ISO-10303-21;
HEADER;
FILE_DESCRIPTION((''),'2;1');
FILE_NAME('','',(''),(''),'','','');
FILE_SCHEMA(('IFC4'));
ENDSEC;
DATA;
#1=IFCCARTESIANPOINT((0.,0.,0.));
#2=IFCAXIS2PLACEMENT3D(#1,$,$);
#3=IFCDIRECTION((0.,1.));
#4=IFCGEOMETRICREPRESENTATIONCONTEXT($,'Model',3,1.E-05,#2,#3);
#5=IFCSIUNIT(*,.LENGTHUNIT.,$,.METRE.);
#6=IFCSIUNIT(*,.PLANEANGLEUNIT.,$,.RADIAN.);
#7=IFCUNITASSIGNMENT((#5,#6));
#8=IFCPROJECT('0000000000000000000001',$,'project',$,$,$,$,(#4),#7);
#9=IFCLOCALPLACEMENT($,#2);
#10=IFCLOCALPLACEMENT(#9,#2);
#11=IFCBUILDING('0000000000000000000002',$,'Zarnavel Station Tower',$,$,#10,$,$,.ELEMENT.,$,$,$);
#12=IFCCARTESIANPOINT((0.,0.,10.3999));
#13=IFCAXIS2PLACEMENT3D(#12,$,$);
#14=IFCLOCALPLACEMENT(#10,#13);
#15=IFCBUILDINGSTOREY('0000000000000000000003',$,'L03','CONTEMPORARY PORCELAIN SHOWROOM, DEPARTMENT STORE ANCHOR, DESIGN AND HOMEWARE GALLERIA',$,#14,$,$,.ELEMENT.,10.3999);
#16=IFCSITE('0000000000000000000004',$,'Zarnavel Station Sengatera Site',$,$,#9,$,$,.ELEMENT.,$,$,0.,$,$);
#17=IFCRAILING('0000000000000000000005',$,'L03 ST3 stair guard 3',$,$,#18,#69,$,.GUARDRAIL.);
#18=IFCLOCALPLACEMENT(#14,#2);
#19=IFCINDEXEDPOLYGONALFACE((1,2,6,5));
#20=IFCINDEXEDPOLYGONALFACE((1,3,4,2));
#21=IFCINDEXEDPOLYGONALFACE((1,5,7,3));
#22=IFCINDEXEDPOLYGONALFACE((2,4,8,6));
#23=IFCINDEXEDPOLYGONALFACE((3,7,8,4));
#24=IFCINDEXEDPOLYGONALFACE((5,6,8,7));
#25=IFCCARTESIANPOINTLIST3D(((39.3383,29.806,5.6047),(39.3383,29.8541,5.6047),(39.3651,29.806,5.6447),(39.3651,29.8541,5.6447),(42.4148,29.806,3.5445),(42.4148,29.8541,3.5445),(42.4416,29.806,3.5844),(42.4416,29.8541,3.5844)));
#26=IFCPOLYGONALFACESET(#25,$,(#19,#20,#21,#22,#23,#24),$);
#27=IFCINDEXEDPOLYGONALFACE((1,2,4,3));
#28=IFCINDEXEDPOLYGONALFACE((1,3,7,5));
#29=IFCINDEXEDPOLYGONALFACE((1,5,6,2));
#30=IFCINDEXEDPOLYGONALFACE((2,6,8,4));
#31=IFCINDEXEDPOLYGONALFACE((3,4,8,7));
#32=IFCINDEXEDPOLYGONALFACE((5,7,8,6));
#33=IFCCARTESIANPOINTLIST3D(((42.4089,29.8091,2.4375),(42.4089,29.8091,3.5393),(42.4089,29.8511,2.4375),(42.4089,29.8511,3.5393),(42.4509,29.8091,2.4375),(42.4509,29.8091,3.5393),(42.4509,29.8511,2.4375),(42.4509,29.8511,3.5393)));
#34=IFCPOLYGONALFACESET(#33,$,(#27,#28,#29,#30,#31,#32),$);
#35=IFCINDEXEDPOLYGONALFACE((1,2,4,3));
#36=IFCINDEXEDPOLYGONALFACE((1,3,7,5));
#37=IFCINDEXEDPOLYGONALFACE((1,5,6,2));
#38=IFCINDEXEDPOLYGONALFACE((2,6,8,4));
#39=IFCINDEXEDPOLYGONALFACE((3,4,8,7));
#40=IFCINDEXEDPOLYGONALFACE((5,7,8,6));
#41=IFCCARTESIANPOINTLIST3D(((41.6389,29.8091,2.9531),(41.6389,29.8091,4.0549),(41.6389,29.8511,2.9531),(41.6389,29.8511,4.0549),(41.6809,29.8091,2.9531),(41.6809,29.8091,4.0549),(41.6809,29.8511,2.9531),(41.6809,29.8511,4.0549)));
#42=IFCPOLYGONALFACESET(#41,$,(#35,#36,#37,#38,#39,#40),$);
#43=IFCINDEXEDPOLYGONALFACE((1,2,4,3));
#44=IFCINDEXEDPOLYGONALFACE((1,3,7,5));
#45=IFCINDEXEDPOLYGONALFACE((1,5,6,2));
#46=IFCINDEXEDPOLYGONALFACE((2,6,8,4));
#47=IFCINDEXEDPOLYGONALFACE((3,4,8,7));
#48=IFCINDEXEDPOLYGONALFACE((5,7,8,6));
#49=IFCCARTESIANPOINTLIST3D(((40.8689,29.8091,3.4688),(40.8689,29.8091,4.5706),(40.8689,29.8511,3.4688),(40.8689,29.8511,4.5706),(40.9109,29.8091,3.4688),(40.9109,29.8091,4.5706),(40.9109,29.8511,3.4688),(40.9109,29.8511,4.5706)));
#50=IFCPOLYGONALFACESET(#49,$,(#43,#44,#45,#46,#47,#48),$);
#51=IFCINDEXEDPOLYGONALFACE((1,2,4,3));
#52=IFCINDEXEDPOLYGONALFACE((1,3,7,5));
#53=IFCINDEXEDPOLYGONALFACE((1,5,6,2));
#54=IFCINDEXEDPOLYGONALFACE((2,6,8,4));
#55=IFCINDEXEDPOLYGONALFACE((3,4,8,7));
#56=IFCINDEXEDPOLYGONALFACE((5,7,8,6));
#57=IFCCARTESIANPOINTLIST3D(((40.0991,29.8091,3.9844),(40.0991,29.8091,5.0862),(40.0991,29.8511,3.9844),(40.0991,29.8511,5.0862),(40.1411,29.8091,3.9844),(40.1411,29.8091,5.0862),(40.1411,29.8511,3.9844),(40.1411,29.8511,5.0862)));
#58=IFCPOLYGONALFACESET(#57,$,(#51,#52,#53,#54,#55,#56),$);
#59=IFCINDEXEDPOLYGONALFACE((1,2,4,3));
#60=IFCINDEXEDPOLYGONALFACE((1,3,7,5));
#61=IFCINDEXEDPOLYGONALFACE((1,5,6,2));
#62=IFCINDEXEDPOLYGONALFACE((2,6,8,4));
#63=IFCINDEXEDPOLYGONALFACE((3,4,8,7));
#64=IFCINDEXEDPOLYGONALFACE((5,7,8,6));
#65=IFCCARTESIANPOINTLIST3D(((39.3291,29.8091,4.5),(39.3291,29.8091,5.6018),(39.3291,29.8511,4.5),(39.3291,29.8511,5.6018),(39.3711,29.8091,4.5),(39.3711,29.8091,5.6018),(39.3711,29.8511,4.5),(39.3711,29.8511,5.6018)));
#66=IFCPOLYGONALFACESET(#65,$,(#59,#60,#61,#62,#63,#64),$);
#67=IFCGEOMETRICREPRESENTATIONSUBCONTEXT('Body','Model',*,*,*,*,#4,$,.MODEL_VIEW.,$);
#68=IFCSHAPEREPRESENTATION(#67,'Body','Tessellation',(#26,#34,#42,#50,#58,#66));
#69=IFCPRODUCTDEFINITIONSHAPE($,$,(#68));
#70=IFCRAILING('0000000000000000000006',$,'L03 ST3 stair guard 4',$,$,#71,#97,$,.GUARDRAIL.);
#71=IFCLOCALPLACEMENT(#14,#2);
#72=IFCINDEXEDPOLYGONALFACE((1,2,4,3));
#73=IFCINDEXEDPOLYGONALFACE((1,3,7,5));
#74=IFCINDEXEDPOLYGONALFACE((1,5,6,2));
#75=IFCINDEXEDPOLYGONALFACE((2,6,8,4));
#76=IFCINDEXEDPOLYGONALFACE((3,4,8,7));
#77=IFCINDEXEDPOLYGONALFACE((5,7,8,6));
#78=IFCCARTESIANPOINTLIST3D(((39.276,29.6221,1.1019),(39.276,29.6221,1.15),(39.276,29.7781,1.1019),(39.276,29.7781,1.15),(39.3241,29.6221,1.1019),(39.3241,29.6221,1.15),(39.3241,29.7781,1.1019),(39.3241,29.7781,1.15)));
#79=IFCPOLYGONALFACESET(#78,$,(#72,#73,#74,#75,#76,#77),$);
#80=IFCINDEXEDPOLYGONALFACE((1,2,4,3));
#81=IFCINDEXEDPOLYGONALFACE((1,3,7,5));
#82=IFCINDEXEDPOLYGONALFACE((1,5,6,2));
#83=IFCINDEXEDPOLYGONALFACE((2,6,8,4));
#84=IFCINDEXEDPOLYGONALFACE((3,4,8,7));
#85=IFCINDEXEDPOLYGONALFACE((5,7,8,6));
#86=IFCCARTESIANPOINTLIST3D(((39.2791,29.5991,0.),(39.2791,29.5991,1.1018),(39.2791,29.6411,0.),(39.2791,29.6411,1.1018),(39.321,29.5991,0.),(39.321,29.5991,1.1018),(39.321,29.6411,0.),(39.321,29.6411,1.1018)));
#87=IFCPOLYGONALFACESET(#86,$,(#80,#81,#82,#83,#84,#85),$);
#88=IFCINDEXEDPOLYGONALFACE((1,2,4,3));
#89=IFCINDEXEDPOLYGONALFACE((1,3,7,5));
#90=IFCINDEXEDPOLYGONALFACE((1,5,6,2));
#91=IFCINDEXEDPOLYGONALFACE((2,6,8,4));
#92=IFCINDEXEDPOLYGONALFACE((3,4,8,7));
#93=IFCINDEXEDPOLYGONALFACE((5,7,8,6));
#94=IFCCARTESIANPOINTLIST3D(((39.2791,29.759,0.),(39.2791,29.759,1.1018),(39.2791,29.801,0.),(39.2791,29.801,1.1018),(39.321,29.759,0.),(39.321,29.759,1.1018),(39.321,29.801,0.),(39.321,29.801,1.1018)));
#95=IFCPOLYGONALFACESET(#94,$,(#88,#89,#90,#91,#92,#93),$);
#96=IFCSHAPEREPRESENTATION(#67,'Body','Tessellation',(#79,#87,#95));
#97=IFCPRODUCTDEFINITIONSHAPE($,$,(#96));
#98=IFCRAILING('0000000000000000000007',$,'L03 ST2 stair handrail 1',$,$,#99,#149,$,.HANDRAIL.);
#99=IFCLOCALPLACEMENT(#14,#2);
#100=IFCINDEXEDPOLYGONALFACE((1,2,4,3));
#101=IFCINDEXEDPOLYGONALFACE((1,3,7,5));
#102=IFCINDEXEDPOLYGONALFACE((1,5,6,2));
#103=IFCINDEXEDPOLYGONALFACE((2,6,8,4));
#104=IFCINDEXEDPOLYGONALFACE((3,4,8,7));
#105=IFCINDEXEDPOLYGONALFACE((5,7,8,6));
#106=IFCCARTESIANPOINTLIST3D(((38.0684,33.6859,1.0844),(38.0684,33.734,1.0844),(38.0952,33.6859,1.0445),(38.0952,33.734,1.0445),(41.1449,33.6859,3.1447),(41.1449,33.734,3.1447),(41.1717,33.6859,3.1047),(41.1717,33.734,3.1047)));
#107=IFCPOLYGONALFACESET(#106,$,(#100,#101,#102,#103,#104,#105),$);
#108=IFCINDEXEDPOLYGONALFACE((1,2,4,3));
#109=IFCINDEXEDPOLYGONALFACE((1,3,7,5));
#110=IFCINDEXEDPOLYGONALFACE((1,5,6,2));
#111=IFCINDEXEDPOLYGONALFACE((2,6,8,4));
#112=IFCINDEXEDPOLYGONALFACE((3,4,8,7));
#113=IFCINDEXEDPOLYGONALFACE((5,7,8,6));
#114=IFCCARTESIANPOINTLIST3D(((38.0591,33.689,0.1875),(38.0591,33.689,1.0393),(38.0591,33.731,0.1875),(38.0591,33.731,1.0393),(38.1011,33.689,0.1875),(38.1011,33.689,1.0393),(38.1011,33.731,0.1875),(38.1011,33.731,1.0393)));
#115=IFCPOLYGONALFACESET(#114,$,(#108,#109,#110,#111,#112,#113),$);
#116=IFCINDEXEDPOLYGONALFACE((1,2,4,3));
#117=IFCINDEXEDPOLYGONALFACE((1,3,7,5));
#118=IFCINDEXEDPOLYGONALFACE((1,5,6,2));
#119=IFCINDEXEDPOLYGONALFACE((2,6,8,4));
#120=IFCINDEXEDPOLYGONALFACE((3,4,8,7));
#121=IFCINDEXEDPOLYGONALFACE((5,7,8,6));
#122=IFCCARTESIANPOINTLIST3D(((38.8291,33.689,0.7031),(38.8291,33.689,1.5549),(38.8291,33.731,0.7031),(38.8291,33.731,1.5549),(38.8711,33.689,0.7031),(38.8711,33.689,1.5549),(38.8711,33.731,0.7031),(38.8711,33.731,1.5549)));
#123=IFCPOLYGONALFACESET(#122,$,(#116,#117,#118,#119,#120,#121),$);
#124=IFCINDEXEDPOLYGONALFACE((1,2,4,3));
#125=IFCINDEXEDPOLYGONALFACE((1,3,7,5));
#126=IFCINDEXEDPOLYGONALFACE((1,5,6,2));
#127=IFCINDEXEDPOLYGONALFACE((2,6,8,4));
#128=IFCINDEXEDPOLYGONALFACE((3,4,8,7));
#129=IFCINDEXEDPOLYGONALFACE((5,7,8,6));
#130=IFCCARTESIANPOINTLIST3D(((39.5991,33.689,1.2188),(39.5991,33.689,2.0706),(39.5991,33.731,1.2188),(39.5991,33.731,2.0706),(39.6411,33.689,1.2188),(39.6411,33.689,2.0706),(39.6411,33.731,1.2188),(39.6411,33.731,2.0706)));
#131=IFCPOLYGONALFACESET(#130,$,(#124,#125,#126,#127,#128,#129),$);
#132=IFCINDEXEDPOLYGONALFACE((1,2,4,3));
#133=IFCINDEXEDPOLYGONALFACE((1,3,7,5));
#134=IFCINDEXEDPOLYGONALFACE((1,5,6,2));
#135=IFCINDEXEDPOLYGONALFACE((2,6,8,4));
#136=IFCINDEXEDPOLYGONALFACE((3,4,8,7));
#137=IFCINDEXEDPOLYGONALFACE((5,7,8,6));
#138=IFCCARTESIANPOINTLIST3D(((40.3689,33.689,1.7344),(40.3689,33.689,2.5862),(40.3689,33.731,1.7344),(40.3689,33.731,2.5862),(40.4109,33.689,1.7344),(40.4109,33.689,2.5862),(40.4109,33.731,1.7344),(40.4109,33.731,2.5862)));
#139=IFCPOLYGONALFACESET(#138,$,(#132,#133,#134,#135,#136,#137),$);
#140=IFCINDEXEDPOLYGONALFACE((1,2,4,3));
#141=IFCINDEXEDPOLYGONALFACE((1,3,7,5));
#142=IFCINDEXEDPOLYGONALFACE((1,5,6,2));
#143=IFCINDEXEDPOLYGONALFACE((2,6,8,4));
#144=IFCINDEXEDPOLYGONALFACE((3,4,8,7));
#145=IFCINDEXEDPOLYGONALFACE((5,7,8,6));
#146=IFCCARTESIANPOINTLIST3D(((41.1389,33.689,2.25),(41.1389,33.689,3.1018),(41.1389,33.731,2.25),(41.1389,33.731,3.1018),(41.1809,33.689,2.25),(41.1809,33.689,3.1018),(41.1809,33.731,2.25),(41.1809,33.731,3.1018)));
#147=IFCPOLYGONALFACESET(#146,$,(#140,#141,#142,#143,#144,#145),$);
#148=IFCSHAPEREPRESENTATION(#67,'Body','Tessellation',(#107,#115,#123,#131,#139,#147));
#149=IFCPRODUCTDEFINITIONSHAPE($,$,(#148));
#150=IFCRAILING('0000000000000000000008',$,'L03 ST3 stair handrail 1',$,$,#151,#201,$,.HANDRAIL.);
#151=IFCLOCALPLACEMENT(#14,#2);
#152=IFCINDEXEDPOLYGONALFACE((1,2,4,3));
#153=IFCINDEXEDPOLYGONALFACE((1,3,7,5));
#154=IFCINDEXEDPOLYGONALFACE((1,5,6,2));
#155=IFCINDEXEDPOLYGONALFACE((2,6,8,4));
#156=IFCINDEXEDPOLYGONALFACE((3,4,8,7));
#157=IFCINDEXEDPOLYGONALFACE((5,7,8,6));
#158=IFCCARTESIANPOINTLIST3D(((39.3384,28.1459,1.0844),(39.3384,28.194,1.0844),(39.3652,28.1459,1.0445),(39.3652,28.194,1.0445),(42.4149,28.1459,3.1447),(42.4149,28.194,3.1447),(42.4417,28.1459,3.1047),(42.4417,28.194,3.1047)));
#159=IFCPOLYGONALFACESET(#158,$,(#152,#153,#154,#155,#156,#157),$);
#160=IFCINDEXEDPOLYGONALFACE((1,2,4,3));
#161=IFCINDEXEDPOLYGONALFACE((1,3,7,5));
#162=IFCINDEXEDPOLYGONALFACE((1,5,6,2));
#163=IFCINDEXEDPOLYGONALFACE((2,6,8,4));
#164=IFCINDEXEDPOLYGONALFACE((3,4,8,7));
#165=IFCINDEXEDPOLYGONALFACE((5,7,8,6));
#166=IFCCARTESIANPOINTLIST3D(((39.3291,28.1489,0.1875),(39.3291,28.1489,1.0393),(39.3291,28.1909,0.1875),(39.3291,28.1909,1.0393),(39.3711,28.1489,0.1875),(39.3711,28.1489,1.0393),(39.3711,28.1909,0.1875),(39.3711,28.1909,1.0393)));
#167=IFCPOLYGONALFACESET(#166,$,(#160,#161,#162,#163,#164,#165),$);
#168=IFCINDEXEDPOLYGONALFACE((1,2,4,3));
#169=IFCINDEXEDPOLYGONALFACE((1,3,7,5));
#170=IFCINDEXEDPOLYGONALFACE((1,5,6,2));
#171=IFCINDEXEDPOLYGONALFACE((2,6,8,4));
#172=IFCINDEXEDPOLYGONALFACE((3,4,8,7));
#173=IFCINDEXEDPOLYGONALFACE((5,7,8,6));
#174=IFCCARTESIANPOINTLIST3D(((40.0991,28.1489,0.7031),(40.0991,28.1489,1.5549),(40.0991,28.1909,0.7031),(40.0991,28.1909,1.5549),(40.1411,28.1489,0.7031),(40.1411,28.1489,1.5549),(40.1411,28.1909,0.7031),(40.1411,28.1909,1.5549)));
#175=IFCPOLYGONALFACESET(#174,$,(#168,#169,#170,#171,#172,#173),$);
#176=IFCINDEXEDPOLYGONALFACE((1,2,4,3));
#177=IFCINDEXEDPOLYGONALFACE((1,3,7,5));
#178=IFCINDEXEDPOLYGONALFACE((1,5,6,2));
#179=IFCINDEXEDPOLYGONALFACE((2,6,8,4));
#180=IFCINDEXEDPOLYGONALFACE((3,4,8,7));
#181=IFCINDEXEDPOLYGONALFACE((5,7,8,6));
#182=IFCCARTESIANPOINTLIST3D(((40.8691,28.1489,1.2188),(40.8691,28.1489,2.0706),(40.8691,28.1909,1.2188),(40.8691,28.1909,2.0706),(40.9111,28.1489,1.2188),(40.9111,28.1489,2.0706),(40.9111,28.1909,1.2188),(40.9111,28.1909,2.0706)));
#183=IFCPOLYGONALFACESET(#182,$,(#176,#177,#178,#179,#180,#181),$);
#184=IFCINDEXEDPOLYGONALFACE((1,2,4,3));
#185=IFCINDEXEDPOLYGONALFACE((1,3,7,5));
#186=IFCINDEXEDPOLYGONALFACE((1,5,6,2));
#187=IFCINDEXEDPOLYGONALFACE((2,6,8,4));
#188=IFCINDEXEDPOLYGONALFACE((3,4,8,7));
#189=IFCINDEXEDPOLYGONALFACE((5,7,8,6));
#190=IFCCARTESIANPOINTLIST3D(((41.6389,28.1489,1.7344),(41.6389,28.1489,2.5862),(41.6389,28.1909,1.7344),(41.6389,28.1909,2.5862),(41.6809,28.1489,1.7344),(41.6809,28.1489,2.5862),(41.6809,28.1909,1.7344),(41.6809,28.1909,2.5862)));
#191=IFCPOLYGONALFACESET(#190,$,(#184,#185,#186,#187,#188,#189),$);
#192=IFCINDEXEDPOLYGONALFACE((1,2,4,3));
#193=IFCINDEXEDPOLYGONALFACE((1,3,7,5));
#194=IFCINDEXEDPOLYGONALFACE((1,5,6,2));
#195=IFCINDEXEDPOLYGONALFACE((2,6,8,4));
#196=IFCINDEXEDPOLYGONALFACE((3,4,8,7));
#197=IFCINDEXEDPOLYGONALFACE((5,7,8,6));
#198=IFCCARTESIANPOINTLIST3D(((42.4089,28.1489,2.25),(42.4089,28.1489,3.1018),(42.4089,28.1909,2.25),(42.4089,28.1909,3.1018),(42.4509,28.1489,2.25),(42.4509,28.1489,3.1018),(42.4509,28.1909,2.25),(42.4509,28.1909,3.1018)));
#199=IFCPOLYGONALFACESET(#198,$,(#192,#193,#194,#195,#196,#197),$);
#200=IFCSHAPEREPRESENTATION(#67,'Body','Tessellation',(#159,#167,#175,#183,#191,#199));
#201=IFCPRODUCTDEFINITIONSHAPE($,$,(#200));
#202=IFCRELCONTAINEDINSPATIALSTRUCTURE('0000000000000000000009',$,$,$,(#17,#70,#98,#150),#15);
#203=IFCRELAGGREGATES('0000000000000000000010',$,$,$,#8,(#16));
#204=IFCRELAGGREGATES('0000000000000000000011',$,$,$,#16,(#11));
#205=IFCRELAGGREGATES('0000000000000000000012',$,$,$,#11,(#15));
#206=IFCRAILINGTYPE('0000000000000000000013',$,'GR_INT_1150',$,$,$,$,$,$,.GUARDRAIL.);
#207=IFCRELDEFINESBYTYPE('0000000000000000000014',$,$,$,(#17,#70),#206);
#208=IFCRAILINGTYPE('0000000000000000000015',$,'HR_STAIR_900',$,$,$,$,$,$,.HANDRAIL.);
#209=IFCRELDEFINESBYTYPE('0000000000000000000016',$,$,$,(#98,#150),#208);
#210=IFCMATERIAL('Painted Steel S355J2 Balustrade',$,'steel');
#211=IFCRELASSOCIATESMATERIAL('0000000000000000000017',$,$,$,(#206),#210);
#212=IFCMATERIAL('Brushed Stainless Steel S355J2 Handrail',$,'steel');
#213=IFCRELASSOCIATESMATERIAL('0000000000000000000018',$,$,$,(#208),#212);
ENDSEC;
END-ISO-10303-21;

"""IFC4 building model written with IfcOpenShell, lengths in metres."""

from ifc_helpers import new_model, si_unit, direction, frame, origin, origin_2d, place, context, subcontext, project, spatial, rectangle, extrude, material, type_object, element, save


model = new_model("IFC4")

# Units and contexts
model_context = context("Model", 3, precision=1e-05, world=origin(), true_north=direction((0.0, 1.0)))
body_context = subcontext(model_context, "Body", "Model", "MODEL_VIEW")
ifc_project = project(units=[si_unit("LENGTHUNIT", "METRE"), si_unit("PLANEANGLEUNIT", "RADIAN")], contexts=[model_context])

# Site, building, storey
site_placement = place(None, origin())
site = spatial("IfcSite", under=ifc_project, at=site_placement, Name="Zarnavel Station Sengatera Site", CompositionType="ELEMENT", RefElevation=0.0)
building_placement = place(site_placement, origin())
building = spatial("IfcBuilding", under=site, at=building_placement, Name="Zarnavel Station Tower", CompositionType="ELEMENT")
storey_placement = place(building_placement, frame((0.0, 0.0, 10.3999)))
storey = spatial("IfcBuildingStorey", under=building, at=storey_placement, Name="L03", Description="CONTEMPORARY PORCELAIN SHOWROOM, DEPARTMENT STORE ANCHOR, DESIGN AND HOMEWARE GALLERIA", CompositionType="ELEMENT", Elevation=10.3999)

# Railings
ifc_material_1 = material(Name="Painted Steel S355J2 Balustrade", Category="steel")
railing_type_1 = type_object("IfcRailingType", Name="GR_INT_1150", PredefinedType="GUARDRAIL", material=ifc_material_1)
railing_1_placement = place(storey_placement, frame((42.4299, 29.8301, 2.4375)))
element("IfcRailing", 1, at=railing_1_placement, inside=storey, type_object=railing_type_1, Name="L03 ST3 stair guard 3", PredefinedType="GUARDRAIL", context=body_context, shape_type="SweptSolid", body=[
    extrude(rectangle(XDim=0.0481, YDim=0.0481, at=origin_2d()), frame((-0.0017, 0.0, 1.127), z_axis=(-0.830893, 0.0, 0.556432), x_axis=(0.0, -1.0, 0.0)), (0.0, 0.0, 1.0), 3.7026),
    extrude(rectangle(XDim=0.042, YDim=0.042, at=origin_2d()), origin(), (0.0, 0.0, 1.0), 1.1018),
    extrude(rectangle(XDim=0.042, YDim=0.042, at=origin_2d()), frame((-0.77, 0.0, 0.5156)), (0.0, 0.0, 1.0), 1.1018),
    extrude(rectangle(XDim=0.042, YDim=0.042, at=origin_2d()), frame((-1.54, 0.0, 1.0312)), (0.0, 0.0, 1.0), 1.1018),
    extrude(rectangle(XDim=0.042, YDim=0.042, at=origin_2d()), frame((-2.3098, 0.0, 1.5469)), (0.0, 0.0, 1.0), 1.1018),
    extrude(rectangle(XDim=0.042, YDim=0.042, at=origin_2d()), frame((-3.0798, 0.0, 2.0625)), (0.0, 0.0, 1.0), 1.1018),
])
railing_2_placement = place(storey_placement, frame((39.3, 29.6201, 0.0)))
element("IfcRailing", 2, at=railing_2_placement, inside=storey, type_object=railing_type_1, Name="L03 ST3 stair guard 4", PredefinedType="GUARDRAIL", context=body_context, shape_type="SweptSolid", body=[
    extrude(rectangle(XDim=0.0481, YDim=0.0481, at=origin_2d()), frame((0.0, 0.002, 1.126), z_axis=(0.0, 1.0, 0.0), x_axis=(-1.0, 0.0, 0.0)), (0.0, 0.0, 1.0), 0.156),
    extrude(rectangle(XDim=0.042, YDim=0.042, at=origin_2d()), origin(), (0.0, 0.0, 1.0), 1.1018),
    extrude(rectangle(XDim=0.042, YDim=0.042, at=origin_2d()), frame((0.0, 0.1599, 0.0)), (0.0, 0.0, 1.0), 1.1018),
])
ifc_material_2 = material(Name="Brushed Stainless Steel S355J2 Handrail", Category="steel")
railing_type_2 = type_object("IfcRailingType", Name="HR_STAIR_900", PredefinedType="HANDRAIL", material=ifc_material_2)
for number, where, name in (
    (3, (38.0801, 33.71, 0.1875), "L03 ST2 stair handrail 1"),
    (4, (39.3501, 28.1699, 0.1875), "L03 ST3 stair handrail 1"),
):
    element("IfcRailing", number, at=place(storey_placement, frame(where)), inside=storey, type_object=railing_type_2, Name=name, PredefinedType="HANDRAIL", context=body_context, shape_type="SweptSolid", body=[
        extrude(rectangle(XDim=0.0481, YDim=0.0481, at=origin_2d()), frame((0.0017, 0.0, 0.877), z_axis=(0.830893, 0.0, 0.556432), x_axis=(0.0, 1.0, 0.0)), (0.0, 0.0, 1.0), 3.7026),
        extrude(rectangle(XDim=0.042, YDim=0.042, at=origin_2d()), origin(), (0.0, 0.0, 1.0), 0.8518),
        extrude(rectangle(XDim=0.042, YDim=0.042, at=origin_2d()), frame((0.77, 0.0, 0.5156)), (0.0, 0.0, 1.0), 0.8518),
        extrude(rectangle(XDim=0.042, YDim=0.042, at=origin_2d()), frame((1.54, 0.0, 1.0312)), (0.0, 0.0, 1.0), 0.8518),
        extrude(rectangle(XDim=0.042, YDim=0.042, at=origin_2d()), frame((2.3098, 0.0, 1.5469)), (0.0, 0.0, 1.0), 0.8518),
        extrude(rectangle(XDim=0.042, YDim=0.042, at=origin_2d()), frame((3.0798, 0.0, 2.0625)), (0.0, 0.0, 1.0), 0.8518),
    ])

save(model, "model.ifc")
